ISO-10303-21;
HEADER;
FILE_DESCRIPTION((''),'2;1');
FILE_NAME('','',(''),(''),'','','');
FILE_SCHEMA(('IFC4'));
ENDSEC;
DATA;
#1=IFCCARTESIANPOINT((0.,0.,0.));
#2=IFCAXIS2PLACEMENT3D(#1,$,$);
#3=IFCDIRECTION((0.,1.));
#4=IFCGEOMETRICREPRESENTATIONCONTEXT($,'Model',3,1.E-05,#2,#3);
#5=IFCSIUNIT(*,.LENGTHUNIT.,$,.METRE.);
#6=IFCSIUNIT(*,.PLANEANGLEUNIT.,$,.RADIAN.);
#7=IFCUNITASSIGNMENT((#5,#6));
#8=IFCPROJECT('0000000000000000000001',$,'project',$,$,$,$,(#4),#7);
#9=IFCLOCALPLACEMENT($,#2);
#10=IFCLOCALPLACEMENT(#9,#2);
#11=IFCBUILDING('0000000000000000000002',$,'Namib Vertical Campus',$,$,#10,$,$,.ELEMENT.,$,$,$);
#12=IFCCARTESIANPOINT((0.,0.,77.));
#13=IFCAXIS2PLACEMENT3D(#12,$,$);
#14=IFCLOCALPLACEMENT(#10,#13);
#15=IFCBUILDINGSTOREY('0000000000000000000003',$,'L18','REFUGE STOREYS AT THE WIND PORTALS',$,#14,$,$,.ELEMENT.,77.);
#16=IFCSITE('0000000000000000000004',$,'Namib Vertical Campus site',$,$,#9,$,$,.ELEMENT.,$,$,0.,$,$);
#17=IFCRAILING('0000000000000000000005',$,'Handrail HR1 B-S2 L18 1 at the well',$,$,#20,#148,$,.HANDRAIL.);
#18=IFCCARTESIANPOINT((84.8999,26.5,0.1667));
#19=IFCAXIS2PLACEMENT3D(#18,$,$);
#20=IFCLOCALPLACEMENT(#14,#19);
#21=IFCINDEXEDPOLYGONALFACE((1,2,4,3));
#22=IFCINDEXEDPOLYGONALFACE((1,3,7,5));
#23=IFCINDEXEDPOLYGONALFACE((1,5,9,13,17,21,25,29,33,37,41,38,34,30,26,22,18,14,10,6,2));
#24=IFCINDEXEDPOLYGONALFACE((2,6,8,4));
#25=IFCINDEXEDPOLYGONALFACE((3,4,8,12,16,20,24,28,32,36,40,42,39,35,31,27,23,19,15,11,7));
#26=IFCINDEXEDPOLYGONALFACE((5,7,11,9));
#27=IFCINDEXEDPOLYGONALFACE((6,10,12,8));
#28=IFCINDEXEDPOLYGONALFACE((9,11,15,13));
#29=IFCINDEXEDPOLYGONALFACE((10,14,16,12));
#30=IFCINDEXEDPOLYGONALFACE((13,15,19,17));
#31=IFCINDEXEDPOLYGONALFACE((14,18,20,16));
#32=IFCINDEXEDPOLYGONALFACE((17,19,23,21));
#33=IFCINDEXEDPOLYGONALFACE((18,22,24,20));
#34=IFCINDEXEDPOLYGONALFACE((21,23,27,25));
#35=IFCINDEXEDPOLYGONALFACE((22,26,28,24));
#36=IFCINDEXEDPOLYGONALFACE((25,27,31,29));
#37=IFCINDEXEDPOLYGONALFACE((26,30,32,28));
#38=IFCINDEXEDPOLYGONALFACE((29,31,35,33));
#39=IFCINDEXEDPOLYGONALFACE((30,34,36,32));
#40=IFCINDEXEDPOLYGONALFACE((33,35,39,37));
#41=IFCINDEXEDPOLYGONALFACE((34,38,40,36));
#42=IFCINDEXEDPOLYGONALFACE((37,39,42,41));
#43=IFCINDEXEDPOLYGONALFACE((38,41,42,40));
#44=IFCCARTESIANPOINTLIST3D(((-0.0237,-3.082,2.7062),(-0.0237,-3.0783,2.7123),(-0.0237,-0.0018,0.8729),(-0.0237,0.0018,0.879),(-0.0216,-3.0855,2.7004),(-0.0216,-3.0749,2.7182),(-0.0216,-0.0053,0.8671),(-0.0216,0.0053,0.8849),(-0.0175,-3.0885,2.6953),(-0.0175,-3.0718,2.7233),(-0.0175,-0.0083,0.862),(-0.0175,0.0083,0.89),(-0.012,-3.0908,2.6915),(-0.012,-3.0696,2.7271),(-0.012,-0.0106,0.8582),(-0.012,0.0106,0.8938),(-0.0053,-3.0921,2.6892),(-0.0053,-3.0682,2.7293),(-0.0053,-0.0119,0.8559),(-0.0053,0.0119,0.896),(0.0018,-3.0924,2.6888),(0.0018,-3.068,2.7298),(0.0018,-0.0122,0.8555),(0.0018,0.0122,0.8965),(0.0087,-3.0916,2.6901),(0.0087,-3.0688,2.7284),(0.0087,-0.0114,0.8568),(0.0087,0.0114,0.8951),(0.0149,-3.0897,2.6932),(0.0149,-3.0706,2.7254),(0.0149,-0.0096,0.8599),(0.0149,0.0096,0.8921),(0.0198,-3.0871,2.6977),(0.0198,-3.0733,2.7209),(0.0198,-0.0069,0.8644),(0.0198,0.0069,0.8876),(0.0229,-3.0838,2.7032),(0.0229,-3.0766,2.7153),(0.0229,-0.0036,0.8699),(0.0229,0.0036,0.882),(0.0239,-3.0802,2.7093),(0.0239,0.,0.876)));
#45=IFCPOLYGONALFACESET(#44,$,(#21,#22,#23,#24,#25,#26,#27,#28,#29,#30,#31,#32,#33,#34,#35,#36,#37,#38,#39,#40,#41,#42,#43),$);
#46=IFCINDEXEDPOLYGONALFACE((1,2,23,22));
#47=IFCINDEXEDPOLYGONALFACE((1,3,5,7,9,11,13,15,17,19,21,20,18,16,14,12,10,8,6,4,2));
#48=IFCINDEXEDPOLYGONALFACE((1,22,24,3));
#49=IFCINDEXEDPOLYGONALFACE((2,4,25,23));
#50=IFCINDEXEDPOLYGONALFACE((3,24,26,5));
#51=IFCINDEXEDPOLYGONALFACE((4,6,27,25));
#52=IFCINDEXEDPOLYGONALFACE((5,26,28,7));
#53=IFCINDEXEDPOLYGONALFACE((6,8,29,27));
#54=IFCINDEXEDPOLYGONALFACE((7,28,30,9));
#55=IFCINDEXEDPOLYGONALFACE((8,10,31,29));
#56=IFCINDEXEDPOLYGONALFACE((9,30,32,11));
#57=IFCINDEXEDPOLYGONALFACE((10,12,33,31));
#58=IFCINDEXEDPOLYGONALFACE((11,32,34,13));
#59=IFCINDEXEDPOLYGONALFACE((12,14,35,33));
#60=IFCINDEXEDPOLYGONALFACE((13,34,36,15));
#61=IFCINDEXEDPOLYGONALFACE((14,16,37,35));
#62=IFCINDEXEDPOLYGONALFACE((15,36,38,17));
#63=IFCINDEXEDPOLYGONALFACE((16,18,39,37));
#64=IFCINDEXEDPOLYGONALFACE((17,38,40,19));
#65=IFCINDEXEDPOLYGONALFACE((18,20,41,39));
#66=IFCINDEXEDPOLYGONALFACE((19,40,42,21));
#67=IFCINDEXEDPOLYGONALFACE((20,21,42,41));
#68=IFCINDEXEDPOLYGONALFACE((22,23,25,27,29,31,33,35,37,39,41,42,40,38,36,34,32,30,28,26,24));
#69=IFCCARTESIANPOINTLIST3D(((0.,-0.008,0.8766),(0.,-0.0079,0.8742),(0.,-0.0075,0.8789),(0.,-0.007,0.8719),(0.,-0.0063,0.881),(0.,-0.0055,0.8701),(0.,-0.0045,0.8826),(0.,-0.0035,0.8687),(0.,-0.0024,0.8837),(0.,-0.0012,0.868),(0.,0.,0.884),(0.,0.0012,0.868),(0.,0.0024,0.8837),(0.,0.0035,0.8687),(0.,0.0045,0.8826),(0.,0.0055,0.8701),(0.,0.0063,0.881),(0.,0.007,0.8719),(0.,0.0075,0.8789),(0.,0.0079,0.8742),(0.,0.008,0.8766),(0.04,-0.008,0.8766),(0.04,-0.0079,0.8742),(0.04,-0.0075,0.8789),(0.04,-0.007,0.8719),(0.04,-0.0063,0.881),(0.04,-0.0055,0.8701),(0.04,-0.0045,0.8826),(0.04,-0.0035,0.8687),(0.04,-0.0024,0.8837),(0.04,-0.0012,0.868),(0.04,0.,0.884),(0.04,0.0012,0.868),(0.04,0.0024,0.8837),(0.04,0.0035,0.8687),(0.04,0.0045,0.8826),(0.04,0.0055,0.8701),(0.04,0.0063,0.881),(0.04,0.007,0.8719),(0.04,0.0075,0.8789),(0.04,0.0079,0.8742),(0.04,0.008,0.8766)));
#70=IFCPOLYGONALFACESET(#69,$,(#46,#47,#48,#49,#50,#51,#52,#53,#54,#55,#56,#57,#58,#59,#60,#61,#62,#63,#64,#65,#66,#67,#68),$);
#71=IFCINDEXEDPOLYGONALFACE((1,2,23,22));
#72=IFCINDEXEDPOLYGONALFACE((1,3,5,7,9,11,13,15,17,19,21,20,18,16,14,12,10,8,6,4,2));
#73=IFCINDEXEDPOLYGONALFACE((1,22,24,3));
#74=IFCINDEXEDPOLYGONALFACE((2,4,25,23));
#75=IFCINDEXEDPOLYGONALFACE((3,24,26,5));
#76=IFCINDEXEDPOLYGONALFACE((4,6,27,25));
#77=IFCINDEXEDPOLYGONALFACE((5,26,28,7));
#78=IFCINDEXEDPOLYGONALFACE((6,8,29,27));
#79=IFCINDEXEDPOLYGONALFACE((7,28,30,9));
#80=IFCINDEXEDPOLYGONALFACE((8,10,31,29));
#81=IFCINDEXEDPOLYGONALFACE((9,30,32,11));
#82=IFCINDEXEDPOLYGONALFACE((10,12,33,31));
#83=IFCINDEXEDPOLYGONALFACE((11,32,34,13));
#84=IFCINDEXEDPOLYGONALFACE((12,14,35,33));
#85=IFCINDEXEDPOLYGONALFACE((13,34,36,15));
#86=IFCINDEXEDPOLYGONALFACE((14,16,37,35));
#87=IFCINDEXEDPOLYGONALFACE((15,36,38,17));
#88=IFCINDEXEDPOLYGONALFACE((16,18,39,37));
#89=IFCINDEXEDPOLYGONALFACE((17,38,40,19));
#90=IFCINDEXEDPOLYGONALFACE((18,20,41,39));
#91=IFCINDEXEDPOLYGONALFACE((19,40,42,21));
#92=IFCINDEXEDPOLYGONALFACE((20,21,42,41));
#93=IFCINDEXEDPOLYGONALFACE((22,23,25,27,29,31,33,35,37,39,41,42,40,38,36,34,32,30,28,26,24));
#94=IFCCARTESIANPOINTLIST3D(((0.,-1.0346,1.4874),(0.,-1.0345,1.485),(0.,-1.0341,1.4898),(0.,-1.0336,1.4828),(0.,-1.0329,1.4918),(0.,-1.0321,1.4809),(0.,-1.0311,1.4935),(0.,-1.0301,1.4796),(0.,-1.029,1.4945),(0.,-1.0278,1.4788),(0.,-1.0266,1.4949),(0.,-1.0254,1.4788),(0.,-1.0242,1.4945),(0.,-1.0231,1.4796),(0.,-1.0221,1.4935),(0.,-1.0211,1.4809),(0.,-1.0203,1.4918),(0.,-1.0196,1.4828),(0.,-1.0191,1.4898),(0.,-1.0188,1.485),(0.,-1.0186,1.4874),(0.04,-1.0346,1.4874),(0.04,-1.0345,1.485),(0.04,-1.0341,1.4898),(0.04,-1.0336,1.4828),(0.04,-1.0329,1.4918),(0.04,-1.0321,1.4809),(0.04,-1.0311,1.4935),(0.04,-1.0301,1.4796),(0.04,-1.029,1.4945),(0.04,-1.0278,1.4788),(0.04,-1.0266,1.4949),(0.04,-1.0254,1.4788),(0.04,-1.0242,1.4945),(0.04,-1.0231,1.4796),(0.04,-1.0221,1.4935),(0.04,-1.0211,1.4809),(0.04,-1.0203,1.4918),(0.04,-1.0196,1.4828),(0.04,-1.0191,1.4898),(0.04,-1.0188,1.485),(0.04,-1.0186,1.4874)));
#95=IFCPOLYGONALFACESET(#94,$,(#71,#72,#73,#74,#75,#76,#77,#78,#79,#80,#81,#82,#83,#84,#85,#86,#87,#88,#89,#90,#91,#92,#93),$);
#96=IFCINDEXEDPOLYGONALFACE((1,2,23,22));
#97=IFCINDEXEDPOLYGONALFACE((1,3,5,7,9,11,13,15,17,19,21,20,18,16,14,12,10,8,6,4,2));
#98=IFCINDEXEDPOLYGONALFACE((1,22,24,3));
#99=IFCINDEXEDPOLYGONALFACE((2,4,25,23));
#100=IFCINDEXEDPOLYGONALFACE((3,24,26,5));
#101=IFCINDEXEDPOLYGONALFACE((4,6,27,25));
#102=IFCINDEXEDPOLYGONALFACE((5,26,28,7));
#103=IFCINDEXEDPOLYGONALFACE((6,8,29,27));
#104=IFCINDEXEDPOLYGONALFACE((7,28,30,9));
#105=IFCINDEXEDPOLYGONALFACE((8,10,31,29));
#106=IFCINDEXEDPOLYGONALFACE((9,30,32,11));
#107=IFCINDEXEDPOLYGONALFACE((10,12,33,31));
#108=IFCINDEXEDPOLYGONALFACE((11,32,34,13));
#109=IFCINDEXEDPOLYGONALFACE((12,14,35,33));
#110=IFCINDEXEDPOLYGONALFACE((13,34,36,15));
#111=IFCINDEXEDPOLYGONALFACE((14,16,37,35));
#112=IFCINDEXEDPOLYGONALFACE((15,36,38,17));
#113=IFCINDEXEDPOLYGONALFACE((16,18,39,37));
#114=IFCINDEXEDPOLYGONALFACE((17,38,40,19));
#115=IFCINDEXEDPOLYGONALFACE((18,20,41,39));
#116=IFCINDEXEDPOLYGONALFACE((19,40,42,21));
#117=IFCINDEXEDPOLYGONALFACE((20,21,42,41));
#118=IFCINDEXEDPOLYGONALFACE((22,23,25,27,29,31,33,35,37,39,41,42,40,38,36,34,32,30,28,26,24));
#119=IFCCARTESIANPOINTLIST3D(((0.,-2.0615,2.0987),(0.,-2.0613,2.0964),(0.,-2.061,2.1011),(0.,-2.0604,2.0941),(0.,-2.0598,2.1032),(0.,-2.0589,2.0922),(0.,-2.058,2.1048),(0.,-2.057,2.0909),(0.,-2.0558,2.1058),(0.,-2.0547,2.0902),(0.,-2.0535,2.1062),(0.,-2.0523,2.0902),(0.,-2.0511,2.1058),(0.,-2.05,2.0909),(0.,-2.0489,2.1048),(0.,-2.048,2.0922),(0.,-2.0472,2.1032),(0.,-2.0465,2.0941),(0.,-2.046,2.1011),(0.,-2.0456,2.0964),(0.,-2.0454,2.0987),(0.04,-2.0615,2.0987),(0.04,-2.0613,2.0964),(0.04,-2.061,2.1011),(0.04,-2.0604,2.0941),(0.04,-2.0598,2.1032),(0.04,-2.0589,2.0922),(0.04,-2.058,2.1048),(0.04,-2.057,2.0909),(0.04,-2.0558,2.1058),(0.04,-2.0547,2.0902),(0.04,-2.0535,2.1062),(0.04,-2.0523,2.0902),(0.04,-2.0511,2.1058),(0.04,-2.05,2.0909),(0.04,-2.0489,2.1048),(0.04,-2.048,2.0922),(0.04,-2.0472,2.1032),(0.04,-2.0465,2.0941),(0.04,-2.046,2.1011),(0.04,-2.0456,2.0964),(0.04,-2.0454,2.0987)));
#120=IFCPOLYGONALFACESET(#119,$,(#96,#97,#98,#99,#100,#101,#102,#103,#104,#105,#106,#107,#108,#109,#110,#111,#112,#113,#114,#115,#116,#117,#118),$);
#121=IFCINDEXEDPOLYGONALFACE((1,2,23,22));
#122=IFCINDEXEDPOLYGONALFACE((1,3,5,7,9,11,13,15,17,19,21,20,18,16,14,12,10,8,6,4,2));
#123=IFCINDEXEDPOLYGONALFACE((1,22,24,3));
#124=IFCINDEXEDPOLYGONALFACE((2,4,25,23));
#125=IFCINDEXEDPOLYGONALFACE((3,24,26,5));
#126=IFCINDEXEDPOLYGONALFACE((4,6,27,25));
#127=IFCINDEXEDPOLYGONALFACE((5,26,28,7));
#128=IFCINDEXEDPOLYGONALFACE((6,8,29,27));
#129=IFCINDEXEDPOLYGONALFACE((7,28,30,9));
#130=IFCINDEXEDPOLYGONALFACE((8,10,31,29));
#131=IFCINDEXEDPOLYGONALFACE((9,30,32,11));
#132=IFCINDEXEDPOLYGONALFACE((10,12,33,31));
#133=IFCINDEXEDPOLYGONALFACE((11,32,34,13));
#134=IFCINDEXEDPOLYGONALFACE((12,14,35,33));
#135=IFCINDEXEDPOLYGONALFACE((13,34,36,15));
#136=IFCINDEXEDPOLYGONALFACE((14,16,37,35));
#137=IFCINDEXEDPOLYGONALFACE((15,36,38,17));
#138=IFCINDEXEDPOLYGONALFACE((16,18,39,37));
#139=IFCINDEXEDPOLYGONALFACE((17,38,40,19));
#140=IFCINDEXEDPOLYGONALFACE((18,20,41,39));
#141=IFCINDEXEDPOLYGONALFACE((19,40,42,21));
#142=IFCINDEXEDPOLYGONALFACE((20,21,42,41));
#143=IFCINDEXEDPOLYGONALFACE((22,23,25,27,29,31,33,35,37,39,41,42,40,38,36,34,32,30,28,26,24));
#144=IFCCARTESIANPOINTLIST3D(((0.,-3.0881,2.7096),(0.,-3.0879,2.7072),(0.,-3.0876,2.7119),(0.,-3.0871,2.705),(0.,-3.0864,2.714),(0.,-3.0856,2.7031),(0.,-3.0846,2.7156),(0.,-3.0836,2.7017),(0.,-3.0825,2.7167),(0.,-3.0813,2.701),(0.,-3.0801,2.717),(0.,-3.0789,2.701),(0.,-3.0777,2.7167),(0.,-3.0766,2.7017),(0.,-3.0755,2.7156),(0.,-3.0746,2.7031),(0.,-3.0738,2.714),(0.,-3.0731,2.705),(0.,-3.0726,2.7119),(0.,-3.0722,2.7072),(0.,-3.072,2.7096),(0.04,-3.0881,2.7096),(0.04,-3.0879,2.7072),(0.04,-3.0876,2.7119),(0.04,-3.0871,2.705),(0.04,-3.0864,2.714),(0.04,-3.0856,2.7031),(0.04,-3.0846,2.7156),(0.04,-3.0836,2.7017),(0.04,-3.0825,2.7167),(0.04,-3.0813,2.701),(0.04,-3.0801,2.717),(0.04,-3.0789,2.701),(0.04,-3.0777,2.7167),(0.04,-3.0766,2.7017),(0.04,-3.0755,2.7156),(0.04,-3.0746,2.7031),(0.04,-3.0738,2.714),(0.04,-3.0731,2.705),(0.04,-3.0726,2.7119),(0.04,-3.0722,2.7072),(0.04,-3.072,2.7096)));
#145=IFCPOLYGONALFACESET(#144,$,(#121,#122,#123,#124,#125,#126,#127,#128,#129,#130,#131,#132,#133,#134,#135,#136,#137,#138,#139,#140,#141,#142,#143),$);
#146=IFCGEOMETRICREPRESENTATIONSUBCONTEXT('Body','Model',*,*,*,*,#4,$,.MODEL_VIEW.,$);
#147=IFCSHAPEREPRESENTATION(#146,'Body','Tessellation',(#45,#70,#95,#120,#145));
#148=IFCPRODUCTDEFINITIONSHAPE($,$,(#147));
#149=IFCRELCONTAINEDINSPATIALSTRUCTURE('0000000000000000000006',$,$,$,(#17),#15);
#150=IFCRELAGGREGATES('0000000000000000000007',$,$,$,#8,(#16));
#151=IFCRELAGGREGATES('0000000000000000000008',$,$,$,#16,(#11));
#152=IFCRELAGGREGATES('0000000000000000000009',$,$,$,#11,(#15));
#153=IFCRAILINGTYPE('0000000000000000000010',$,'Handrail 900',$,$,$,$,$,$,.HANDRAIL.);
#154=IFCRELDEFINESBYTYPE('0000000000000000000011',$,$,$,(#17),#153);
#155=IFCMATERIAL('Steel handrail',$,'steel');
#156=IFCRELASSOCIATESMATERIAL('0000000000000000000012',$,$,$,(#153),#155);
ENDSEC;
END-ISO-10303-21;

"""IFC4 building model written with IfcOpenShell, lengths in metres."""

from ifc_helpers import new_model, si_unit, direction, frame, origin, origin_2d, place, context, subcontext, project, spatial, circle, extrude, material, type_object, element, save


model = new_model("IFC4")

# Units and contexts
model_context = context("Model", 3, precision=1e-05, world=origin(), true_north=direction((0.0, 1.0)))
body_context = subcontext(model_context, "Body", "Model", "MODEL_VIEW")
ifc_project = project(units=[si_unit("LENGTHUNIT", "METRE"), si_unit("PLANEANGLEUNIT", "RADIAN")], contexts=[model_context])

# Site, building, storey
site_placement = place(None, origin())
site = spatial("IfcSite", under=ifc_project, at=site_placement, Name="Namib Vertical Campus site", CompositionType="ELEMENT", RefElevation=0.0)
building_placement = place(site_placement, origin())
building = spatial("IfcBuilding", under=site, at=building_placement, Name="Namib Vertical Campus", CompositionType="ELEMENT")
storey_placement = place(building_placement, frame((0.0, 0.0, 77.0)))
storey = spatial("IfcBuildingStorey", under=building, at=storey_placement, Name="L18", Description="REFUGE STOREYS AT THE WIND PORTALS", CompositionType="ELEMENT", Elevation=77.0)

# Railing
ifc_material_1 = material(Name="Steel handrail", Category="steel")
railing_type_1 = type_object("IfcRailingType", Name="Handrail 900", PredefinedType="HANDRAIL", material=ifc_material_1)
for number, where, name in (
    (1, (84.8999, 26.5, 0.1667), "Handrail HR1 B-S2 L18 1 at the well"),
):
    element("IfcRailing", number, at=place(storey_placement, frame(where)), inside=storey, type_object=railing_type_1, Name=name, PredefinedType="HANDRAIL", context=body_context, shape_type="SweptSolid", body=[
        extrude(circle(Radius=0.0239, at=origin_2d()), frame((0.0, 0.0, 0.876), z_axis=(0.0, -0.859309, 0.511458), x_axis=(1.0, 0.0, 0.0)), (0.0, 0.0, 1.0), 3.5845),
        extrude(circle(Radius=0.0081, at=origin_2d()), frame((0.0, 0.0, 0.876), z_axis=(1.0, 0.0, 0.0), x_axis=(0.0, 0.0, 1.0)), (0.0, 0.0, 1.0), 0.04),
        extrude(circle(Radius=0.0081, at=origin_2d()), frame((0.0, -1.0266, 1.4868), z_axis=(1.0, 0.0, 0.0), x_axis=(0.0, 0.0, 1.0)), (0.0, 0.0, 1.0), 0.04),
        extrude(circle(Radius=0.0081, at=origin_2d()), frame((0.0, -2.0535, 2.0981), z_axis=(1.0, 0.0, 0.0), x_axis=(0.0, 0.0, 1.0)), (0.0, 0.0, 1.0), 0.04),
        extrude(circle(Radius=0.0081, at=origin_2d()), frame((0.0, -3.0801, 2.709), z_axis=(1.0, 0.0, 0.0), x_axis=(0.0, 0.0, 1.0)), (0.0, 0.0, 1.0), 0.04),
    ])

save(model, "model.ifc")
